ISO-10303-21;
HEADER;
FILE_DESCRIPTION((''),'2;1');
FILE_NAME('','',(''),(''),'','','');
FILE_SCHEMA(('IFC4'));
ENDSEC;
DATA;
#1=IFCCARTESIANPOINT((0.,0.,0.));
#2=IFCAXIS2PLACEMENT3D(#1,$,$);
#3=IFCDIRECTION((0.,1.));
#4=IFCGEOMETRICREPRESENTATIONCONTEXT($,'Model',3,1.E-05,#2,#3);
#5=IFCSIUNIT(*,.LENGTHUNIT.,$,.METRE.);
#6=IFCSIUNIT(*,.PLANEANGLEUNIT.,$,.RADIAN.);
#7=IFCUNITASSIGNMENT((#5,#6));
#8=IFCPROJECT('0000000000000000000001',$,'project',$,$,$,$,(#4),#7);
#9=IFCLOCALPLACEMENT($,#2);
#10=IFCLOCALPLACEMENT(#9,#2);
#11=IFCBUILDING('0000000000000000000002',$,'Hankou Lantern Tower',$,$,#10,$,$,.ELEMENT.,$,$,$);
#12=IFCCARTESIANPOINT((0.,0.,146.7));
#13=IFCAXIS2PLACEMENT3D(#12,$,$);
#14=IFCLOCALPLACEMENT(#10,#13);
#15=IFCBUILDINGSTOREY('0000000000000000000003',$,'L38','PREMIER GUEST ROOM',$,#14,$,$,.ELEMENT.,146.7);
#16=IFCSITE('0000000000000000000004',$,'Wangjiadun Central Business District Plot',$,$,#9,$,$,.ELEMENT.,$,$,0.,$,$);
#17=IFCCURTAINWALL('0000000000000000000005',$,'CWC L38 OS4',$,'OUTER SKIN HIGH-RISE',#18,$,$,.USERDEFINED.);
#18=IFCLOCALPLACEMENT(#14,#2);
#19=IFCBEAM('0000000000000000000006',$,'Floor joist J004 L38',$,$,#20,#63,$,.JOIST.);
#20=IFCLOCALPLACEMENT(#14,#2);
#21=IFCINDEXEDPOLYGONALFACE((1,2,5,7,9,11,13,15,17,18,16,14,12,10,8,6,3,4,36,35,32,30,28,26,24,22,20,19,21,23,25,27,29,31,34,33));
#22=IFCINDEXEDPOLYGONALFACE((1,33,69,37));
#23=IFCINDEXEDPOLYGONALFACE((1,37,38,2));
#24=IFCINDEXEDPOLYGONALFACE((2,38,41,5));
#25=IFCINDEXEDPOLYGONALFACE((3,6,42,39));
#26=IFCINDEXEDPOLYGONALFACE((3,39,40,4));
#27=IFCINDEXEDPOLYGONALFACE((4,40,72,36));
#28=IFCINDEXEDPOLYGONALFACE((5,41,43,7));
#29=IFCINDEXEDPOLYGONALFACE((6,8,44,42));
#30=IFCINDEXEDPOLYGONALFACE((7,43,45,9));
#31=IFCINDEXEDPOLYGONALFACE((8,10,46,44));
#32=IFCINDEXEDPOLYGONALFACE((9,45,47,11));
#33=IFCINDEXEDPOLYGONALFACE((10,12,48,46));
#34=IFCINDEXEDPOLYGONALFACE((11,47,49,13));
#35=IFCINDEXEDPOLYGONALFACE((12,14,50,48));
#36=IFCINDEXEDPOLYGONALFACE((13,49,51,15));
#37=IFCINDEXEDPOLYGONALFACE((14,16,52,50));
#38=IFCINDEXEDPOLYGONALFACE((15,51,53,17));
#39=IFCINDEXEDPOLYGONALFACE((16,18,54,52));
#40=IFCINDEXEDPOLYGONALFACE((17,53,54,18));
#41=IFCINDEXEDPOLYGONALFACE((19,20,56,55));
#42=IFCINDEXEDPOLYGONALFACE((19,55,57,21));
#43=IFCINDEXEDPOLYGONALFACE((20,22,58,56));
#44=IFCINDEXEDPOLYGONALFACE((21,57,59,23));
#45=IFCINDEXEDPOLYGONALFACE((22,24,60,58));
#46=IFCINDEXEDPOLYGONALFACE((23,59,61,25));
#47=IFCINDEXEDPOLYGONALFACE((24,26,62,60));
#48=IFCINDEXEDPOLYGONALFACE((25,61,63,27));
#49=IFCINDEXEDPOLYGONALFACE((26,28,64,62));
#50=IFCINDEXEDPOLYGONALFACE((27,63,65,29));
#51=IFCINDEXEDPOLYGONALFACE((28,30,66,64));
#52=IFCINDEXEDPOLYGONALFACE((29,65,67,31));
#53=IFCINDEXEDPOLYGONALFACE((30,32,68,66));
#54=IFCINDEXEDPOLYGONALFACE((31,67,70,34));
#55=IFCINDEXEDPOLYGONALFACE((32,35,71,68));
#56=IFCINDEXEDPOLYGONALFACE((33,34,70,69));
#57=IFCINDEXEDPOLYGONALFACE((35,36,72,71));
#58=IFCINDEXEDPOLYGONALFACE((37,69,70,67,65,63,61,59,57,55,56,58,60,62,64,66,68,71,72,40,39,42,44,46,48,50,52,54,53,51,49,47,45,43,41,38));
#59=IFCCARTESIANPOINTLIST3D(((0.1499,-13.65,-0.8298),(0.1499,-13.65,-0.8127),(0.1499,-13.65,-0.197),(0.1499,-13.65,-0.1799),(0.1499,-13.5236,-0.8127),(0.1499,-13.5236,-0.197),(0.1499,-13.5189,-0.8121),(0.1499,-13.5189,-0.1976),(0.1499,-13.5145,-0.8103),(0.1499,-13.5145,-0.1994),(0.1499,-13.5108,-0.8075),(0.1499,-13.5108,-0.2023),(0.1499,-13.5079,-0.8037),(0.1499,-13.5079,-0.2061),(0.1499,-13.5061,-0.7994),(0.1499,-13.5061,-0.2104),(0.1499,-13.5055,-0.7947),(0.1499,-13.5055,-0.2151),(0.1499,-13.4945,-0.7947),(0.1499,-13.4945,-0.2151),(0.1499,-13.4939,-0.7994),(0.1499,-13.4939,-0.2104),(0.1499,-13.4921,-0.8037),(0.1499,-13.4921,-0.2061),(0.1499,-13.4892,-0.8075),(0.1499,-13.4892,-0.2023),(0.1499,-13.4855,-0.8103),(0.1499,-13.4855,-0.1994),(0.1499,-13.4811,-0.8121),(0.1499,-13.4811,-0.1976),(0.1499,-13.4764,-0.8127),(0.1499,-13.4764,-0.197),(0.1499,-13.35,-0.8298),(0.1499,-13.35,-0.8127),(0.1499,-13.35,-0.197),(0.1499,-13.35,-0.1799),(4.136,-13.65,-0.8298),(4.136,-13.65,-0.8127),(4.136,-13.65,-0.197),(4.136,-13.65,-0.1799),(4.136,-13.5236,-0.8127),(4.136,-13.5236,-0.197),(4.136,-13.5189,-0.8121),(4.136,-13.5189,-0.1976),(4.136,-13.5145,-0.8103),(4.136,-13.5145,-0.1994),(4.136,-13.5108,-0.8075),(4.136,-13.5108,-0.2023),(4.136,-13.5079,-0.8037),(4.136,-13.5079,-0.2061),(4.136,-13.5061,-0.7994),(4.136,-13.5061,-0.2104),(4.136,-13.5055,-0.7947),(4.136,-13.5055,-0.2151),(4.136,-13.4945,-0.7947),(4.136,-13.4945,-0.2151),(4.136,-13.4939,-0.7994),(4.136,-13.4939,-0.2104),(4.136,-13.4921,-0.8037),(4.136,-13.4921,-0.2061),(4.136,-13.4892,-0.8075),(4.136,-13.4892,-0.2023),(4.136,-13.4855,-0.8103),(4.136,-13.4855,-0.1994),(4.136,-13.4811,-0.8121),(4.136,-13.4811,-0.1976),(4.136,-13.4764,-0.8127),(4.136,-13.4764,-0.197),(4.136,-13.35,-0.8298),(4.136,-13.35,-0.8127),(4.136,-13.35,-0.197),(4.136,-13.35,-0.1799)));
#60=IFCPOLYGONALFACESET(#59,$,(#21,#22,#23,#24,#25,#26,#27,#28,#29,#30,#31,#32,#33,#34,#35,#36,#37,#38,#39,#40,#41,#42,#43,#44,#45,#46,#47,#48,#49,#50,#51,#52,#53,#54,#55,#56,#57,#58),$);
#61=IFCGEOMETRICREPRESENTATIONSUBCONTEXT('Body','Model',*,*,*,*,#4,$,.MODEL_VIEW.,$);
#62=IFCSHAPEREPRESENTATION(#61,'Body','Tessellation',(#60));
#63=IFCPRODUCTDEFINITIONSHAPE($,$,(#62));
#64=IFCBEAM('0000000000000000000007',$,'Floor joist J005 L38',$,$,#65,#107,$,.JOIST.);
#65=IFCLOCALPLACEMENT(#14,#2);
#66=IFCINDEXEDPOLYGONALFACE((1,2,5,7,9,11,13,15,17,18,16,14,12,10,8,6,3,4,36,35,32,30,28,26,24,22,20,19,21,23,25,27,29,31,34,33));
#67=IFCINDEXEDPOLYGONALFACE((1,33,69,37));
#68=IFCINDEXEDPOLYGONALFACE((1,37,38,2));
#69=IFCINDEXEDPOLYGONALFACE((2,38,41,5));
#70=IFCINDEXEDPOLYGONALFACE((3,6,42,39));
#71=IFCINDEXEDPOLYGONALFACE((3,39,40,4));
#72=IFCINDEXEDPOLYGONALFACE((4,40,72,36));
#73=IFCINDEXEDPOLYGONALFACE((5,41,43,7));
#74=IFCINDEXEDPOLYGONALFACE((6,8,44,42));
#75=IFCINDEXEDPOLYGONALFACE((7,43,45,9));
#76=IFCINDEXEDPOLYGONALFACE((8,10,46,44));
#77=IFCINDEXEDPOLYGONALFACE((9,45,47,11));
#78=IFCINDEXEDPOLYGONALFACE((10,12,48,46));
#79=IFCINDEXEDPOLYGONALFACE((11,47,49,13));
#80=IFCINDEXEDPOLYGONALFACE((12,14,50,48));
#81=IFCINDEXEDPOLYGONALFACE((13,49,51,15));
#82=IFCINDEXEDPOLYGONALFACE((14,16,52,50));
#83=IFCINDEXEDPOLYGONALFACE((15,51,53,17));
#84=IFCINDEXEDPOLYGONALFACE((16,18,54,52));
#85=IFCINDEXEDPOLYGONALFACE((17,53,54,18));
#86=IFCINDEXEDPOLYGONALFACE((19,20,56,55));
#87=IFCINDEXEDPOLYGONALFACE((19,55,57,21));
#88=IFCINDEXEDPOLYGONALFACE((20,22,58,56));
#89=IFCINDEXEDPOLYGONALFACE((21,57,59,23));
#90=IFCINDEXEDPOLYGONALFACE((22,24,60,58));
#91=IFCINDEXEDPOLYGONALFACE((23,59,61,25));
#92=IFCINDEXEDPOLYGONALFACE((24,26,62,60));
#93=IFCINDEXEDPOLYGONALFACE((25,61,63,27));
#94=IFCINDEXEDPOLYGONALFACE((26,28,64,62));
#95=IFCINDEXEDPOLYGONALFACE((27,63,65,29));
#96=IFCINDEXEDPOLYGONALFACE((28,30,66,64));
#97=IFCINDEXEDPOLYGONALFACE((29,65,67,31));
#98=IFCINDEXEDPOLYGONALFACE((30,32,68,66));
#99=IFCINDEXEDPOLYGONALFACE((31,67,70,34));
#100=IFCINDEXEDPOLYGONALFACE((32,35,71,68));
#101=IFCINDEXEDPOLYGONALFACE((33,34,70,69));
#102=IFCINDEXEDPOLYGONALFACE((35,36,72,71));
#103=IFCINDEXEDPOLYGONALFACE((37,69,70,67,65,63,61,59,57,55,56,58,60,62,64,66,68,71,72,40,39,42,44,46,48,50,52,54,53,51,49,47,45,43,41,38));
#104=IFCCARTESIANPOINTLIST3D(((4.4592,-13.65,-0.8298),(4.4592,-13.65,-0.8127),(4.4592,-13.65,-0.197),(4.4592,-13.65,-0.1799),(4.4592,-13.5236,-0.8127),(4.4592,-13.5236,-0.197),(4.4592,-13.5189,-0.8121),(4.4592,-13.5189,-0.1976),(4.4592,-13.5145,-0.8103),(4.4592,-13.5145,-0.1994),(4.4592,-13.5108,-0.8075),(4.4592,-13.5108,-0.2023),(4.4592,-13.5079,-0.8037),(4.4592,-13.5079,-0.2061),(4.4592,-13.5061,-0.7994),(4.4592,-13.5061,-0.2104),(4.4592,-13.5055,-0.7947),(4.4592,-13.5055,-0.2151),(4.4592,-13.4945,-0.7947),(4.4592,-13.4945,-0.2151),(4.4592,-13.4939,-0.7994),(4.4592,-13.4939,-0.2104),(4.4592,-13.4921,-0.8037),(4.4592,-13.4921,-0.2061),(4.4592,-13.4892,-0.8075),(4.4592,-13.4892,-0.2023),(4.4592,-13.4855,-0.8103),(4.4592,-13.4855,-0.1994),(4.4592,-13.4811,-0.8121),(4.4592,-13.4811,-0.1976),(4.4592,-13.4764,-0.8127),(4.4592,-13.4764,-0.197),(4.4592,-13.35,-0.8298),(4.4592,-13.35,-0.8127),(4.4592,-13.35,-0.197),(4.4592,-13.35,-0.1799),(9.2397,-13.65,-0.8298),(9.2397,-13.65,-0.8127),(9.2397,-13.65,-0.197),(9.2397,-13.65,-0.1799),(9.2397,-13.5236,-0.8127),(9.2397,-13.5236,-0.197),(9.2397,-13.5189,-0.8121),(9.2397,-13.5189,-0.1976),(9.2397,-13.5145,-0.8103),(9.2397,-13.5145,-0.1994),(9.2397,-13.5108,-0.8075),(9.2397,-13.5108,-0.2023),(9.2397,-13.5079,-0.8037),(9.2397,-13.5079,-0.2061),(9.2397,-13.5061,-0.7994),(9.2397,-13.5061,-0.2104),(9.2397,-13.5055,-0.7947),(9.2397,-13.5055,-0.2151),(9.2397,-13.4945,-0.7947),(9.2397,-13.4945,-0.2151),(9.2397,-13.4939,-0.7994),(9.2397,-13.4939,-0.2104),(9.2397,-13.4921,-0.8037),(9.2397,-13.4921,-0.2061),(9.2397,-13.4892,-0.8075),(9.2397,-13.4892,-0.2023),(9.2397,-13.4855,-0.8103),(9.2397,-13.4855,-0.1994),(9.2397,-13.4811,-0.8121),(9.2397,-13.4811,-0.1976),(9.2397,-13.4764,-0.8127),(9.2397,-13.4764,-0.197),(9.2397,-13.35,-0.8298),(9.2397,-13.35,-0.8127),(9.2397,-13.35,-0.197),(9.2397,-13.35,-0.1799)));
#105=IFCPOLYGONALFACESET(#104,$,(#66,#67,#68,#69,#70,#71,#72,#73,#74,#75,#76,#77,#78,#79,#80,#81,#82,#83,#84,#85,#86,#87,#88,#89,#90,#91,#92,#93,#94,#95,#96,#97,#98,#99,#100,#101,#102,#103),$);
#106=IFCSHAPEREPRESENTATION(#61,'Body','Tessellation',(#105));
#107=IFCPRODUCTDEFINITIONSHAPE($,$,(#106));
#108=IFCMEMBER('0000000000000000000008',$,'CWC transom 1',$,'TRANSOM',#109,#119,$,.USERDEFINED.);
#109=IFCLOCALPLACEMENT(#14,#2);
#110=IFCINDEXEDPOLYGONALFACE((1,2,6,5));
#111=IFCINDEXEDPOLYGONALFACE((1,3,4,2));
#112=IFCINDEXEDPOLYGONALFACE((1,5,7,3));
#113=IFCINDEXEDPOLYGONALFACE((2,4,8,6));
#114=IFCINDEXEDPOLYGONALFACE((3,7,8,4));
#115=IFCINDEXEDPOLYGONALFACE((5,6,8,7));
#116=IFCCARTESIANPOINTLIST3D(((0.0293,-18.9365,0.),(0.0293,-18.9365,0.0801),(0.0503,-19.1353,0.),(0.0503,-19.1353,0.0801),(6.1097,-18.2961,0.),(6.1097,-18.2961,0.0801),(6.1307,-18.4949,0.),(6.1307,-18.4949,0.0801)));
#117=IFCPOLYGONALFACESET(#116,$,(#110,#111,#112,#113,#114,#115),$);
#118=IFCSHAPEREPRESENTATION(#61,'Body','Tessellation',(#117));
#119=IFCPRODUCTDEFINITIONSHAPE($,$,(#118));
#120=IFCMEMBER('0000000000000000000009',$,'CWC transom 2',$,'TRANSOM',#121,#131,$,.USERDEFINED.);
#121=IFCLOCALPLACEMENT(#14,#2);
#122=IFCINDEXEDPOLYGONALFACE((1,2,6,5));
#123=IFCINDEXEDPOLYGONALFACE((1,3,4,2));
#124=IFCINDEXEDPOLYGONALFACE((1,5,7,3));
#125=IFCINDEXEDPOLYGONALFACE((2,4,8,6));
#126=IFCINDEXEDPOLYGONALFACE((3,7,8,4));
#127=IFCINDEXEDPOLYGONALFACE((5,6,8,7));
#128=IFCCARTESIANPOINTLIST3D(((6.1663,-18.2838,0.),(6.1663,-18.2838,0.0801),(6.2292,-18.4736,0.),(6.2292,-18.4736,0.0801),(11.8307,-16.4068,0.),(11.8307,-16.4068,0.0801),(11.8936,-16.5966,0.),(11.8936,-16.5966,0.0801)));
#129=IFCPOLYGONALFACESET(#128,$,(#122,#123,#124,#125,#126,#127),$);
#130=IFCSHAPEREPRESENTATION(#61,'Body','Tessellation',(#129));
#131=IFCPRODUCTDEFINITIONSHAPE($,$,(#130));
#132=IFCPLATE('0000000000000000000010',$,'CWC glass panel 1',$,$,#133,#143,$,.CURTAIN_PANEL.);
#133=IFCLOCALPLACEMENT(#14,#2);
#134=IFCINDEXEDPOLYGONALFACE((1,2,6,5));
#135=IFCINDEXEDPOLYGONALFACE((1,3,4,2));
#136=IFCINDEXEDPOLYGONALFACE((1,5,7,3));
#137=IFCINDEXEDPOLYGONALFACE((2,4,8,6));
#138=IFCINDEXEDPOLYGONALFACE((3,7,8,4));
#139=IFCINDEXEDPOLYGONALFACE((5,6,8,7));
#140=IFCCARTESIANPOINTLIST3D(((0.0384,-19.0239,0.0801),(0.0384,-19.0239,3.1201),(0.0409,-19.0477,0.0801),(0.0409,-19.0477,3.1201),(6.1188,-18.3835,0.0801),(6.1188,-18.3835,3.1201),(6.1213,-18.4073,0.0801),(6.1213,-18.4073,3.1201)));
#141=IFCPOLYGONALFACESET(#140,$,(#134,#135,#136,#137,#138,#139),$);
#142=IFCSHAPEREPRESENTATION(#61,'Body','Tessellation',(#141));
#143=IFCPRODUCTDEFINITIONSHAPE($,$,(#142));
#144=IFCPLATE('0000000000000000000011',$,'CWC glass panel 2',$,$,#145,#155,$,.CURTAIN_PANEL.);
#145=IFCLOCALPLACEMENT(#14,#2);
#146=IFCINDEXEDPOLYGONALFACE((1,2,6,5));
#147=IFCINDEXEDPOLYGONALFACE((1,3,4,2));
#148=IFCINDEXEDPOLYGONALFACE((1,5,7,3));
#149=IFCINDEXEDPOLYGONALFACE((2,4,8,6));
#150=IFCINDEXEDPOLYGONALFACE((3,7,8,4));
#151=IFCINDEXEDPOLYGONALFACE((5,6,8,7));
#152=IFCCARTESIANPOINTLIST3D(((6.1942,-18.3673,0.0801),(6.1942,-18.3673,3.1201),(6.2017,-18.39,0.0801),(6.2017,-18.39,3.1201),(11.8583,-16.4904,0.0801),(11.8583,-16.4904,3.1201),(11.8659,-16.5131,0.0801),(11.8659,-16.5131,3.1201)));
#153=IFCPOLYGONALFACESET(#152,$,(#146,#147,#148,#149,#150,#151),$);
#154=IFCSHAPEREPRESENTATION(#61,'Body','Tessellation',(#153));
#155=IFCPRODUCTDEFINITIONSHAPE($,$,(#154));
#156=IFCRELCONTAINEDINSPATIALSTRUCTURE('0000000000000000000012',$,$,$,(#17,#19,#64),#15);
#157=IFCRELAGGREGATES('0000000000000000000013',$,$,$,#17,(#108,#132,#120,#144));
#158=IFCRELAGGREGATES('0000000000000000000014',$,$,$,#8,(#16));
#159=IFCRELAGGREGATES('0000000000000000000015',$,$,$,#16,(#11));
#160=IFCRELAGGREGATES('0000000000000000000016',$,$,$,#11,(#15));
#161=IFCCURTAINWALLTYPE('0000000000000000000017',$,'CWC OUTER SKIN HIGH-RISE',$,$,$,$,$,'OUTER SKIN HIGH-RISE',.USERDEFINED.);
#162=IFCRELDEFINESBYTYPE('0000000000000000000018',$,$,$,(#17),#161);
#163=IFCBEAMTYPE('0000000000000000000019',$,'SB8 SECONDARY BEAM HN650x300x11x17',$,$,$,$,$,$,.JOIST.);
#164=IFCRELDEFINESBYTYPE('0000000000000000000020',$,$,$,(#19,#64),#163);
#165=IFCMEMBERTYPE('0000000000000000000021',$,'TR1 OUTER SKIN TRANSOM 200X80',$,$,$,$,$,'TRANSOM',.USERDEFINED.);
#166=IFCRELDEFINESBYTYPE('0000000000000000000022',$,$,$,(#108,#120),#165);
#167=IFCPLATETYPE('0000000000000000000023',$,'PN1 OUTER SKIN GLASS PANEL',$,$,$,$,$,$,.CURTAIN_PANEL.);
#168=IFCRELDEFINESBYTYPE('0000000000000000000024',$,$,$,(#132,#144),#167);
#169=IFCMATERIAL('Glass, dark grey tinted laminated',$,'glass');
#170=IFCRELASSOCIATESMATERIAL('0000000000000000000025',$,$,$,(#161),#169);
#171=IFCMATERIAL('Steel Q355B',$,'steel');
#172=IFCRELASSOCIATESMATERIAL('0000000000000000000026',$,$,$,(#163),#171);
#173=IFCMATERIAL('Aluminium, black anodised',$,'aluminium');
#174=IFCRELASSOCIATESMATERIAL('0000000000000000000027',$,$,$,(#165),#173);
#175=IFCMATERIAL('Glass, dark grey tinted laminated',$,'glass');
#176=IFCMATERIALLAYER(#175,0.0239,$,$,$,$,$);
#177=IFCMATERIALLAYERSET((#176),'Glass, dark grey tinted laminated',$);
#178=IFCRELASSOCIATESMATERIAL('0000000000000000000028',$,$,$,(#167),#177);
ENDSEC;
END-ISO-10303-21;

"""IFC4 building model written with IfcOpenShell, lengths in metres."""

from ifc_helpers import new_model, si_unit, direction, frame, origin, origin_2d, place, context, subcontext, project, spatial, rectangle, i_section, extrude, material, layer, layer_set, material_profile, profile_set, type_object, element, aggregate, save


model = new_model("IFC4")

# Units and contexts
model_context = context("Model", 3, precision=1e-05, world=origin(), true_north=direction((0.0, 1.0)))
body_context = subcontext(model_context, "Body", "Model", "MODEL_VIEW")
ifc_project = project(units=[si_unit("LENGTHUNIT", "METRE"), si_unit("PLANEANGLEUNIT", "RADIAN")], contexts=[model_context])

# Site, building, storey
site_placement = place(None, origin())
site = spatial("IfcSite", under=ifc_project, at=site_placement, Name="Wangjiadun Central Business District Plot", CompositionType="ELEMENT", RefElevation=0.0)
building_placement = place(site_placement, origin())
building = spatial("IfcBuilding", under=site, at=building_placement, Name="Hankou Lantern Tower", CompositionType="ELEMENT")
storey_placement = place(building_placement, frame((0.0, 0.0, 146.7)))
storey = spatial("IfcBuildingStorey", under=building, at=storey_placement, Name="L38", Description="PREMIER GUEST ROOM", CompositionType="ELEMENT", Elevation=146.7)

# Curtain wall
ifc_material_1 = material(Name="Glass, dark grey tinted laminated", Category="glass")
curtain_wall_type = type_object("IfcCurtainWallType", Name="CWC OUTER SKIN HIGH-RISE", ElementType="OUTER SKIN HIGH-RISE", PredefinedType="USERDEFINED", material=ifc_material_1)
curtain_wall_placement = place(storey_placement, origin())
curtain_wall = element("IfcCurtainWall", 1, at=curtain_wall_placement, inside=storey, type_object=curtain_wall_type, Name="CWC L38 OS4", ObjectType="OUTER SKIN HIGH-RISE", PredefinedType="USERDEFINED")

# Beams
ifc_material_2 = material(Name="Steel Q355B", Category="steel")
ifc_material_profile_1 = material_profile(ifc_material_2, i_section(OverallWidth=0.3, OverallDepth=0.6499, WebThickness=0.011, FlangeThickness=0.0171, FilletRadius=0.0181, at=origin_2d()), Name="HN650x300x11x17")
ifc_profile_set_1 = profile_set([ifc_material_profile_1], Name="Steel Q355B")
beam_type_1 = type_object("IfcBeamType", Name="SB8 SECONDARY BEAM HN650x300x11x17", PredefinedType="JOIST", material=ifc_profile_set_1)
beam_1_placement = place(storey_placement, frame((0.1499, -13.5, -0.5049), z_axis=(1.0, 0.0, 0.0), x_axis=(0.0, 1.0, 0.0)))
element("IfcBeam", 2, at=beam_1_placement, inside=storey, type_object=beam_type_1, Name="Floor joist J004 L38", PredefinedType="JOIST", context=body_context, shape_type="SweptSolid", body=[
    extrude(i_section(OverallWidth=0.3, OverallDepth=0.6499, WebThickness=0.011, FlangeThickness=0.0171, FilletRadius=0.0181, at=origin_2d()), origin(), (0.0, 0.0, 1.0), 3.9861),
])
beam_2_placement = place(storey_placement, frame((4.4592, -13.5, -0.5049), z_axis=(1.0, 0.0, 0.0), x_axis=(0.0, 1.0, 0.0)))
element("IfcBeam", 3, at=beam_2_placement, inside=storey, type_object=beam_type_1, Name="Floor joist J005 L38", PredefinedType="JOIST", context=body_context, shape_type="SweptSolid", body=[
    extrude(i_section(OverallWidth=0.3, OverallDepth=0.6499, WebThickness=0.011, FlangeThickness=0.0171, FilletRadius=0.0181, at=origin_2d()), origin(), (0.0, 0.0, 1.0), 4.7805),
])

# Members
ifc_material_3 = material(Name="Aluminium, black anodised", Category="aluminium")
ifc_material_profile_2 = material_profile(ifc_material_3, rectangle(XDim=0.2, YDim=0.0801, at=origin_2d()), Name="TR1 200X80")
ifc_profile_set_2 = profile_set([ifc_material_profile_2], Name="Aluminium, black anodised")
member_type_1 = type_object("IfcMemberType", Name="TR1 OUTER SKIN TRANSOM 200X80", ElementType="TRANSOM", PredefinedType="USERDEFINED", material=ifc_profile_set_2)
member_1_placement = place(storey_placement, frame((0.0398, -19.0359, 0.04), z_axis=(0.9945, 0.104741, 0.0), x_axis=(-0.104741, 0.9945, 0.0)))
member_1 = element("IfcMember", 4, at=member_1_placement, type_object=member_type_1, Name="CWC transom 1", ObjectType="TRANSOM", PredefinedType="USERDEFINED", context=body_context, shape_type="SweptSolid", body=[
    extrude(rectangle(XDim=0.2, YDim=0.0801, at=origin_2d()), origin(), (0.0, 0.0, 1.0), 6.114),
])
member_2_placement = place(storey_placement, frame((6.1978, -18.3787, 0.04), z_axis=(0.949242, 0.314546, 0.0), x_axis=(-0.314546, 0.949242, 0.0)))
member_2 = element("IfcMember", 5, at=member_2_placement, type_object=member_type_1, Name="CWC transom 2", ObjectType="TRANSOM", PredefinedType="USERDEFINED", context=body_context, shape_type="SweptSolid", body=[
    extrude(rectangle(XDim=0.2, YDim=0.0801, at=origin_2d()), origin(), (0.0, 0.0, 1.0), 5.9673),
])

# Plates
ifc_material_4 = material(Name="Glass, dark grey tinted laminated", Category="glass")
ifc_layer_1 = layer(ifc_material_4, 0.0239)
ifc_layer_set_1 = layer_set([ifc_layer_1], Name="Glass, dark grey tinted laminated")
plate_type = type_object("IfcPlateType", Name="PN1 OUTER SKIN GLASS PANEL", PredefinedType="CURTAIN_PANEL", material=ifc_layer_set_1)
plate_1_placement = place(storey_placement, frame((3.0798, -18.7156, 0.0801), z_axis=(0.0, 0.0, 1.0), x_axis=(0.994499, 0.104743, 0.0)))
plate_1 = element("IfcPlate", 6, at=plate_1_placement, type_object=plate_type, Name="CWC glass panel 1", PredefinedType="CURTAIN_PANEL", context=body_context, shape_type="SweptSolid", body=[
    extrude(rectangle(XDim=6.114, YDim=0.0239, at=origin_2d()), origin(), (0.0, 0.0, 1.0), 3.04),
])
plate_2_placement = place(storey_placement, frame((9.03, -17.4402, 0.0801), z_axis=(0.0, 0.0, 1.0), x_axis=(0.949241, 0.314551, 0.0)))
plate_2 = element("IfcPlate", 7, at=plate_2_placement, type_object=plate_type, Name="CWC glass panel 2", PredefinedType="CURTAIN_PANEL", context=body_context, shape_type="SweptSolid", body=[
    extrude(rectangle(XDim=5.967, YDim=0.0239, at=origin_2d()), origin(), (0.0, 0.0, 1.0), 3.04),
])
aggregate(curtain_wall, [member_1, plate_1, member_2, plate_2])

save(model, "model.ifc")
